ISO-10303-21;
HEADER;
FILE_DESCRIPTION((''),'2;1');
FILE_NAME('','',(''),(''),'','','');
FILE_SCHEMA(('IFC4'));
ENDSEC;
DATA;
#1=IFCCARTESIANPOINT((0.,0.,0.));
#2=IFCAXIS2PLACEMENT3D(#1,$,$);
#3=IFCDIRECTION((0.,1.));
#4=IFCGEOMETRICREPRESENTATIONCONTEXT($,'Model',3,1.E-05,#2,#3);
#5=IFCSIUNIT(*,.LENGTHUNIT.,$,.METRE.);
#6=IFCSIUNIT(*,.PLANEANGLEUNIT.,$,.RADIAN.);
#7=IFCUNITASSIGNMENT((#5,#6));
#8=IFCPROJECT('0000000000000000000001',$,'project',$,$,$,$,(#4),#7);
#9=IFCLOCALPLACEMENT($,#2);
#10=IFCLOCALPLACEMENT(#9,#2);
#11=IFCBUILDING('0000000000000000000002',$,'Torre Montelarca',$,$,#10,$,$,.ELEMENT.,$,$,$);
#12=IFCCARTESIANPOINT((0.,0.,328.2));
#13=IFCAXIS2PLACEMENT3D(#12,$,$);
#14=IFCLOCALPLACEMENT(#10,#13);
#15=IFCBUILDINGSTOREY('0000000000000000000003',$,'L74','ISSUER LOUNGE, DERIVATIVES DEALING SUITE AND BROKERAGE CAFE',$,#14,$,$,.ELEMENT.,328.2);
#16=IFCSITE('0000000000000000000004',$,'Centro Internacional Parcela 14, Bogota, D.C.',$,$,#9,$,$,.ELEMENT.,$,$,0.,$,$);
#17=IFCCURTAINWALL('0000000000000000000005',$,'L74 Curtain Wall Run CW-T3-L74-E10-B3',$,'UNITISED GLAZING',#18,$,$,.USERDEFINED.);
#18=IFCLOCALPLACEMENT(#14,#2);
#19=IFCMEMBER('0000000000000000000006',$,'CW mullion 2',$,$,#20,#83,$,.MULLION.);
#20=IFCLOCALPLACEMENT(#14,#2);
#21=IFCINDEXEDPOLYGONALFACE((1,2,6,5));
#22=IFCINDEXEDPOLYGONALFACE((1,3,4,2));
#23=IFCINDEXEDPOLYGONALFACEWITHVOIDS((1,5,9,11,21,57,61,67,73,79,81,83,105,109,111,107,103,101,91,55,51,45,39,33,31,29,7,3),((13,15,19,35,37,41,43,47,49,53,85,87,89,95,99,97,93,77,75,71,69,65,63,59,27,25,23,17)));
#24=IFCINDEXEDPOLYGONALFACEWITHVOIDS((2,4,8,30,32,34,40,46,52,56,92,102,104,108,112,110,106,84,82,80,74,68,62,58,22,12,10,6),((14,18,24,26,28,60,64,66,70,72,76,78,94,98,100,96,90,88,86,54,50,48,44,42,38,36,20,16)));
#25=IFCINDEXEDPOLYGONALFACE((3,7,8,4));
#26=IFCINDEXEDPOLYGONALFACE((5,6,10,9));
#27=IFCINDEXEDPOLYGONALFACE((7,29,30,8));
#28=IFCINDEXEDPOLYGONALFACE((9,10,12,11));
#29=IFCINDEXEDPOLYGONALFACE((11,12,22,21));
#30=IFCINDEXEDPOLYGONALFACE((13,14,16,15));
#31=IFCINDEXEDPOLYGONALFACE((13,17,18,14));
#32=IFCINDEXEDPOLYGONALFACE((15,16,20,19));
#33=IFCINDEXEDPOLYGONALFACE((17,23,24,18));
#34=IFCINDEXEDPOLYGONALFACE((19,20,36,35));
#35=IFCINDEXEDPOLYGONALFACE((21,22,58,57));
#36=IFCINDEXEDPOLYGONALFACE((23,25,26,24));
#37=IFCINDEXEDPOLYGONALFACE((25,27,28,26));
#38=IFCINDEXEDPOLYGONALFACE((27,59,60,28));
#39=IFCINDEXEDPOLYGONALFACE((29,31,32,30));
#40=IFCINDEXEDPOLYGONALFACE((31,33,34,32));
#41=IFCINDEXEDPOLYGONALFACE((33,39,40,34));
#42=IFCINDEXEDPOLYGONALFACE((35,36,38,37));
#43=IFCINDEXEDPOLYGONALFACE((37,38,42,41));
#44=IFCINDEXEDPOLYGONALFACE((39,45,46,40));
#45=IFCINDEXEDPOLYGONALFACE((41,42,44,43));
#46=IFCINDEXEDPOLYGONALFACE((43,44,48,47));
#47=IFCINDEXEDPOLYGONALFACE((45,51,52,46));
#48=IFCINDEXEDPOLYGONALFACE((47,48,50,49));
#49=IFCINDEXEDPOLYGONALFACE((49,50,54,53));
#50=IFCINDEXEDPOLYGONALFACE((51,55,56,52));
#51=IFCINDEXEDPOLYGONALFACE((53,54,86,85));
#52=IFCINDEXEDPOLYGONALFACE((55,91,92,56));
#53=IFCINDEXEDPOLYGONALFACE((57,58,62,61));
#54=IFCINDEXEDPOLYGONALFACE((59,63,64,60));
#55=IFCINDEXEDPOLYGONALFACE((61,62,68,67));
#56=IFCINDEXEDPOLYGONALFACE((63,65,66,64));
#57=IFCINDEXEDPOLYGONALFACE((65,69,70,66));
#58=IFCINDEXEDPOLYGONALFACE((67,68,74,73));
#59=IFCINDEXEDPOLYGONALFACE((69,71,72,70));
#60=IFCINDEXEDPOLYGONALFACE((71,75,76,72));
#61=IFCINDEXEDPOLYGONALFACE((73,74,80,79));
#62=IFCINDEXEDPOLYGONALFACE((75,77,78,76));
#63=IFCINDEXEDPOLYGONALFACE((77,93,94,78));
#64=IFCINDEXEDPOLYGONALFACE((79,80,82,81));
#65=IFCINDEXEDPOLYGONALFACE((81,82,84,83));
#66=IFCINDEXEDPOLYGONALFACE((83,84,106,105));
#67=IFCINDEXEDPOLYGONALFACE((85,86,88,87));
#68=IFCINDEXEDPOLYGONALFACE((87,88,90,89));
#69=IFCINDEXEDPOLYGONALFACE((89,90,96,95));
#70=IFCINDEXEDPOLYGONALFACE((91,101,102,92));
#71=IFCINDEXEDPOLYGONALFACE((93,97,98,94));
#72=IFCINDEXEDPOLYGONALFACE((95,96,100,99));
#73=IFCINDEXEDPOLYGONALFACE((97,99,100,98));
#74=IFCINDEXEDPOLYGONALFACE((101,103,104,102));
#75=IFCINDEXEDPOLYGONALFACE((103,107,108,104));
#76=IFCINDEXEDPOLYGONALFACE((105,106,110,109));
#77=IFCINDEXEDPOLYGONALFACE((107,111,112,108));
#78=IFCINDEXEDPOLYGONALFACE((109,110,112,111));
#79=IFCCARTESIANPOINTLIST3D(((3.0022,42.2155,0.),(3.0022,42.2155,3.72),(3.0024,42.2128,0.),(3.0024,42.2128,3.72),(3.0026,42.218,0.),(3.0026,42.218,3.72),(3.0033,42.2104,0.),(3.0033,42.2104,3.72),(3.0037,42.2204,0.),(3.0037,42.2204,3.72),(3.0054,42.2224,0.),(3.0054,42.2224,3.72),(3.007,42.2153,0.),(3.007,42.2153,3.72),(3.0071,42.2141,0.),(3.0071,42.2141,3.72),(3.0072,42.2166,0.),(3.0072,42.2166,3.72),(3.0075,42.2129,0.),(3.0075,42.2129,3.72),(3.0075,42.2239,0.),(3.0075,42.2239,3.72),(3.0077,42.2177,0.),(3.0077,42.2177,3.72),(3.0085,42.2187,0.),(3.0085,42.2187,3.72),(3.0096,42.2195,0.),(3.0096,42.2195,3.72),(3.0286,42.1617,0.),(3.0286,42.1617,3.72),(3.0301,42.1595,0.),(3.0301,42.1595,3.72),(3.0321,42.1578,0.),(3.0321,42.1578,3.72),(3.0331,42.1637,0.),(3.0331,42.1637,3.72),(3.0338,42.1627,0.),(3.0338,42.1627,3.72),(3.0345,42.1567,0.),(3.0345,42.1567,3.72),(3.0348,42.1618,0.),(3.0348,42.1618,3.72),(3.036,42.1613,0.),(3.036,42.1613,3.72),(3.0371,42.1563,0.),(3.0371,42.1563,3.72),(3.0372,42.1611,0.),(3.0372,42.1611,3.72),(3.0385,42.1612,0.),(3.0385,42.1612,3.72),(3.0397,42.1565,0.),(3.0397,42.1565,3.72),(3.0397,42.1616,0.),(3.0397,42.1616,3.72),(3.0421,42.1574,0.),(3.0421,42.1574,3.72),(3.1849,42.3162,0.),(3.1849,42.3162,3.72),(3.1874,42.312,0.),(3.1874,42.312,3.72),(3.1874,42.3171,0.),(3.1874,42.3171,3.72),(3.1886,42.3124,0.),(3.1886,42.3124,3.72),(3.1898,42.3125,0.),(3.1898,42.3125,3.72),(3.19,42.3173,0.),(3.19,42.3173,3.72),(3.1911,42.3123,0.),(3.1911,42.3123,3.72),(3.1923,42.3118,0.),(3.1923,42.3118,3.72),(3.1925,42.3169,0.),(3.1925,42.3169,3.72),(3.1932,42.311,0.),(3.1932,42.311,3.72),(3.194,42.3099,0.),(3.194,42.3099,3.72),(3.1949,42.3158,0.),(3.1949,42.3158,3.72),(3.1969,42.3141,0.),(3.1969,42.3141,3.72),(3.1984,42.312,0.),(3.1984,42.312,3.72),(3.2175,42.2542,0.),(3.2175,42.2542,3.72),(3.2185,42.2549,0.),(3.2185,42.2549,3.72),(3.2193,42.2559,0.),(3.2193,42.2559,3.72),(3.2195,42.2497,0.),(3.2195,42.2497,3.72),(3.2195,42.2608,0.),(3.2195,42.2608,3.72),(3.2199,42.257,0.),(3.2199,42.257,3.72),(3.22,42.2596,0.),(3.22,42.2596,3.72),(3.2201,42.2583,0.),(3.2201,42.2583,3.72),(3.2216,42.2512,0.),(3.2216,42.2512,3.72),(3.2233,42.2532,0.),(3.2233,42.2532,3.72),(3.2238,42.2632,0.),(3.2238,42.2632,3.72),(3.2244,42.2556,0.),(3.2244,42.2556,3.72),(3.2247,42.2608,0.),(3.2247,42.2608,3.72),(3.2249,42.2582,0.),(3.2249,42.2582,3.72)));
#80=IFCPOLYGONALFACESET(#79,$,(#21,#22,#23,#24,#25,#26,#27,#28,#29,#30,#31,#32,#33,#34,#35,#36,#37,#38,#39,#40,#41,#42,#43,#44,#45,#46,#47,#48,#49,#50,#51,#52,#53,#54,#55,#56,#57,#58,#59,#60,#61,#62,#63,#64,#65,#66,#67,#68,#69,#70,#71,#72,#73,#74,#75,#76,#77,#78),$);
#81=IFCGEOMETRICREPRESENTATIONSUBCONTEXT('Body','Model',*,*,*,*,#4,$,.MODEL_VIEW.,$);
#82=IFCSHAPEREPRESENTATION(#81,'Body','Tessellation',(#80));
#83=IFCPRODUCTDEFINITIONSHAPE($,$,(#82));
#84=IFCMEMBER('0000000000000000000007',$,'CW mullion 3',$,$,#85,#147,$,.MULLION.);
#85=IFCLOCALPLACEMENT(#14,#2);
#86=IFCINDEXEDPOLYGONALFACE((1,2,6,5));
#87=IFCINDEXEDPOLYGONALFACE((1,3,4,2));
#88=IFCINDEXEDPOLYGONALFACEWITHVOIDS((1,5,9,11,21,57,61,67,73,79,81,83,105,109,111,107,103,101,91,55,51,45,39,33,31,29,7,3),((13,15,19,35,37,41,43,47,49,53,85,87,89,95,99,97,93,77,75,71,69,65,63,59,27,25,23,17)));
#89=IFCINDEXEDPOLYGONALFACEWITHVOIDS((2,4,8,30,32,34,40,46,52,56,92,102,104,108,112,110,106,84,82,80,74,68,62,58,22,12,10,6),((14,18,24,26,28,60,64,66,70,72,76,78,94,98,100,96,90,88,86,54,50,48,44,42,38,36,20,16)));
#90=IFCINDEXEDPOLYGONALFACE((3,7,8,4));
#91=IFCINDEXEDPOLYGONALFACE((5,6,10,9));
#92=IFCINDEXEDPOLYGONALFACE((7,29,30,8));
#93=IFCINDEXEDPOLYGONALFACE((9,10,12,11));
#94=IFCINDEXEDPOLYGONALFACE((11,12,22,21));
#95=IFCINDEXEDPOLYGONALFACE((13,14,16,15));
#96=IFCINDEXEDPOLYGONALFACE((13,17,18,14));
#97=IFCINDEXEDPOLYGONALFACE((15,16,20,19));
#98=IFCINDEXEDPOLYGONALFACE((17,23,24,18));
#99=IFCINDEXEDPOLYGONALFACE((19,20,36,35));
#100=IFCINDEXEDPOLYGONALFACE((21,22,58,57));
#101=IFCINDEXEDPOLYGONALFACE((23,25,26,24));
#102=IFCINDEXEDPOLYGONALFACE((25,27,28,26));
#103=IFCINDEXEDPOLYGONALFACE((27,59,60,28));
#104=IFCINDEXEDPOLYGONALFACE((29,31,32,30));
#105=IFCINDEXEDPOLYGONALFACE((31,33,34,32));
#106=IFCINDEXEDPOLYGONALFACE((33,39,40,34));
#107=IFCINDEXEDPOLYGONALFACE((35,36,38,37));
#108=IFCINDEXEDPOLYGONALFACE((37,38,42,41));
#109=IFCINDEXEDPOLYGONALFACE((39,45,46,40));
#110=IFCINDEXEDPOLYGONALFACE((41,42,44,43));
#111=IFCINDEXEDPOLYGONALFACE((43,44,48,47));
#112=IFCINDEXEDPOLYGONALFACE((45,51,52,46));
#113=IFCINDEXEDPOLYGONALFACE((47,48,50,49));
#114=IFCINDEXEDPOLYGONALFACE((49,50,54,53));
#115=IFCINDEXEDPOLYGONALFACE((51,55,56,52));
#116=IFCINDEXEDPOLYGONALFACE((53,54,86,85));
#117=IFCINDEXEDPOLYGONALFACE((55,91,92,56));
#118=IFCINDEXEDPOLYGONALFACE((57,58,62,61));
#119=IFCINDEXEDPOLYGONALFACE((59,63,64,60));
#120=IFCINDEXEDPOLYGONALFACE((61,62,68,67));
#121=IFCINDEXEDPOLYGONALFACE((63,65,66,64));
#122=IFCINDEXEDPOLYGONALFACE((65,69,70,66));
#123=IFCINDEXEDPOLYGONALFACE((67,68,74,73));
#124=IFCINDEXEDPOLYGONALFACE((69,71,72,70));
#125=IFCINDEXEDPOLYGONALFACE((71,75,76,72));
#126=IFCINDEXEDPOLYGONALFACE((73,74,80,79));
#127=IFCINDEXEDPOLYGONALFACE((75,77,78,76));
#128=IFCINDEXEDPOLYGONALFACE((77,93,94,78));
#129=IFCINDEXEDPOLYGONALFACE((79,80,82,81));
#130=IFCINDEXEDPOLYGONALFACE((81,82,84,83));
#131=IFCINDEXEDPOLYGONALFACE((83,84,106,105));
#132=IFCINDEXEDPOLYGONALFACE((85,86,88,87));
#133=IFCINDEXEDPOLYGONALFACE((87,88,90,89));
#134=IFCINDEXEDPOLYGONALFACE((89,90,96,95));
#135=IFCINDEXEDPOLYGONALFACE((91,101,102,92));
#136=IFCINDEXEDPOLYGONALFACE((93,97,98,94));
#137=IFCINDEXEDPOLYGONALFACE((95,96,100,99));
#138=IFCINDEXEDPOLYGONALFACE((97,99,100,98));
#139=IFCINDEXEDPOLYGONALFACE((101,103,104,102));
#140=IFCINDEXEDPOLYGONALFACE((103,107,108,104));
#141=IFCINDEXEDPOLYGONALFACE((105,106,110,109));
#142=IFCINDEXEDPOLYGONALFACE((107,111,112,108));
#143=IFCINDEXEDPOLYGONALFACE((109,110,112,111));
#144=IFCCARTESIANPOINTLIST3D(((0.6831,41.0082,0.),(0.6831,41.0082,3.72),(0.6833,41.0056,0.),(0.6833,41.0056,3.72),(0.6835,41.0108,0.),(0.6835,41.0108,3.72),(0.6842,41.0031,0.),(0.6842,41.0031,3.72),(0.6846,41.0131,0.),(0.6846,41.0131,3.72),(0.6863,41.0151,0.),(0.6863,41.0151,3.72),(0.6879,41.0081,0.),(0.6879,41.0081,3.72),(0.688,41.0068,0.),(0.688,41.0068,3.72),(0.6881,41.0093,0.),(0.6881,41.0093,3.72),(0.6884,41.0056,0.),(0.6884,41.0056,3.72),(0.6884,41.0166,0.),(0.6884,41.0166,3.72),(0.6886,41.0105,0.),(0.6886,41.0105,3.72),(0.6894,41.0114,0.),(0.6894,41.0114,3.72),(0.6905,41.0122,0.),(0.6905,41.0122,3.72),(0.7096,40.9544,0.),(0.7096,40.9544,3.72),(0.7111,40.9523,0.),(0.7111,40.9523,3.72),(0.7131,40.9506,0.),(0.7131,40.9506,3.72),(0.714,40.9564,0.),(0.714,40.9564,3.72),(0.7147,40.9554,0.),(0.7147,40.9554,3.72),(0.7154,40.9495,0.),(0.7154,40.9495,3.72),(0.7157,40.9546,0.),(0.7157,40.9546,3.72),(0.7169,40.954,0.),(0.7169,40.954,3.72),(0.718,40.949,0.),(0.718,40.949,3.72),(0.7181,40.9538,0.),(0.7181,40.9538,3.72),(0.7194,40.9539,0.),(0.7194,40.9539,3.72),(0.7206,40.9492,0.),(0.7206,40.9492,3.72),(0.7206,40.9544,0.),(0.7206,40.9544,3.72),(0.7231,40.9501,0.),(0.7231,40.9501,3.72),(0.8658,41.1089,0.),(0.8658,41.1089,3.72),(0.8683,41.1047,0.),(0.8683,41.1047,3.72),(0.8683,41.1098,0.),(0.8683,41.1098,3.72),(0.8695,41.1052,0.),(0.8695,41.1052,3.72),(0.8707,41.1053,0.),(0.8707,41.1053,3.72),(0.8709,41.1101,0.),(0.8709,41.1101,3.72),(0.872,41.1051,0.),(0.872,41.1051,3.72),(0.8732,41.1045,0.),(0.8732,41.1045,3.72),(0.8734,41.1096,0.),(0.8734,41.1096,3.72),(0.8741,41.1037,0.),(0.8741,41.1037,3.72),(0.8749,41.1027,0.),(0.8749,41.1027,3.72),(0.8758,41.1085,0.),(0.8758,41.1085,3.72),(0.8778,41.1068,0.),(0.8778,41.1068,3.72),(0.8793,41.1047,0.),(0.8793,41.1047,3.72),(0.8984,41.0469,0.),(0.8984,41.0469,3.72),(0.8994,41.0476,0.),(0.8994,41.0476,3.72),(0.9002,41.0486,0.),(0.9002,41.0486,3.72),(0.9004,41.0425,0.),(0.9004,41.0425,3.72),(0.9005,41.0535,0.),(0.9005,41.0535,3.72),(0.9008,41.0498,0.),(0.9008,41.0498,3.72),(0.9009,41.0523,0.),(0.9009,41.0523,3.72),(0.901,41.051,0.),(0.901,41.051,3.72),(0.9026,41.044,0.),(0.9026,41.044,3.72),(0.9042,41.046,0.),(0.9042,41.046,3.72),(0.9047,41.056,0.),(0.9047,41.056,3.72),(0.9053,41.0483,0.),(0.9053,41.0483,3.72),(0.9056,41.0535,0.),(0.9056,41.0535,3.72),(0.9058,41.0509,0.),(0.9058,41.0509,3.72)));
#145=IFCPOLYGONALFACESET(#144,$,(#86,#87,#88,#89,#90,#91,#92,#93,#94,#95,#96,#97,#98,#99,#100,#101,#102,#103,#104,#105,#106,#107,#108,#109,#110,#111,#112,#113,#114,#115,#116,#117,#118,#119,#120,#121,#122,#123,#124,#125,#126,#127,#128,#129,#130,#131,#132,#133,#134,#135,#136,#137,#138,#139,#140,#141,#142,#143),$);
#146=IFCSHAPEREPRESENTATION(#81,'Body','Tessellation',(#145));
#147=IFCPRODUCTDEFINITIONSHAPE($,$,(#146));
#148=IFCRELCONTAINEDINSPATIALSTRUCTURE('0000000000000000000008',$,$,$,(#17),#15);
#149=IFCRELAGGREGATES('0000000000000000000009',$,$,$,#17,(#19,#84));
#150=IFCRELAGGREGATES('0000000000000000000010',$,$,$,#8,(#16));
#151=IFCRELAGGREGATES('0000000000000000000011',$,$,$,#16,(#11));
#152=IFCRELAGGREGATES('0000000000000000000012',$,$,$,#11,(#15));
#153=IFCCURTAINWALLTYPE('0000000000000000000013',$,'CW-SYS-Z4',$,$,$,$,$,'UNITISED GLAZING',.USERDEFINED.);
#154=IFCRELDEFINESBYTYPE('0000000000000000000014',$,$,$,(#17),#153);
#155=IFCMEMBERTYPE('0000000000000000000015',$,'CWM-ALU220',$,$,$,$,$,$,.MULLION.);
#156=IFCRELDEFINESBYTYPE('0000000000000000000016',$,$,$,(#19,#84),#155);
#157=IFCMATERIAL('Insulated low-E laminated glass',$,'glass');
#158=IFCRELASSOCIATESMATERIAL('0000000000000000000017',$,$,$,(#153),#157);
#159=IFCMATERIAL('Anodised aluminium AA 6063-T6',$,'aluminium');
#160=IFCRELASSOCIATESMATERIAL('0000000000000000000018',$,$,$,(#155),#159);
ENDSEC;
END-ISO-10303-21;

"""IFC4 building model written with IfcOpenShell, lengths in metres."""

from ifc_helpers import new_model, si_unit, direction, frame, origin, origin_2d, place, context, subcontext, project, spatial, hollow_rectangle, extrude, source, transform, mapped, material, material_profile, profile_set, type_object, element, aggregate, save


model = new_model("IFC4")

# Units and contexts
model_context = context("Model", 3, precision=1e-05, world=origin(), true_north=direction((0.0, 1.0)))
body_context = subcontext(model_context, "Body", "Model", "MODEL_VIEW")
ifc_project = project(units=[si_unit("LENGTHUNIT", "METRE"), si_unit("PLANEANGLEUNIT", "RADIAN")], contexts=[model_context])

# Site, building, storey
site_placement = place(None, origin())
site = spatial("IfcSite", under=ifc_project, at=site_placement, Name="Centro Internacional Parcela 14, Bogota, D.C.", CompositionType="ELEMENT", RefElevation=0.0)
building_placement = place(site_placement, origin())
building = spatial("IfcBuilding", under=site, at=building_placement, Name="Torre Montelarca", CompositionType="ELEMENT")
storey_placement = place(building_placement, frame((0.0, 0.0, 328.2)))
storey = spatial("IfcBuildingStorey", under=building, at=storey_placement, Name="L74", Description="ISSUER LOUNGE, DERIVATIVES DEALING SUITE AND BROKERAGE CAFE", CompositionType="ELEMENT", Elevation=328.2)

# Curtain wall, members
ifc_material_1 = material(Name="Insulated low-E laminated glass", Category="glass")
curtain_wall_type = type_object("IfcCurtainWallType", Name="CW-SYS-Z4", ElementType="UNITISED GLAZING", PredefinedType="USERDEFINED", material=ifc_material_1)
ifc_material_2 = material(Name="Anodised aluminium AA 6063-T6", Category="aluminium")
ifc_material_profile_1 = material_profile(ifc_material_2, hollow_rectangle(XDim=0.075, YDim=0.22, WallThickness=0.0049, InnerFilletRadius=0.0049, OuterFilletRadius=0.01, at=origin_2d()), Name="ALU75X220X5", Category="aluminium")
ifc_profile_set_1 = profile_set([ifc_material_profile_1], Name="Anodised aluminium AA 6063-T6")
member_type_1 = type_object("IfcMemberType", Name="CWM-ALU220", PredefinedType="MULLION", material=ifc_profile_set_1)
shared_shape_1 = source(origin(), body_context, "Body", "SweptSolid", [
    extrude(hollow_rectangle(XDim=0.075, YDim=0.22, WallThickness=0.0049, InnerFilletRadius=0.0049, OuterFilletRadius=0.01, at=origin_2d()), origin(), (0.0, 0.0, 1.0), 3.72),
])
curtain_wall_1_placement = place(storey_placement, origin())
curtain_wall_1 = element("IfcCurtainWall", 1, at=curtain_wall_1_placement, inside=storey, type_object=curtain_wall_type, Name="L74 Curtain Wall Run CW-T3-L74-E10-B3", ObjectType="UNITISED GLAZING", PredefinedType="USERDEFINED")
member_1_placement = place(storey_placement, frame((3.1135, 42.2368, 0.0), z_axis=(0.0, 0.0, 1.0), x_axis=(0.461739, -0.887016, 0.0)))
member_1 = element("IfcMember", 2, at=member_1_placement, type_object=member_type_1, Name="CW mullion 2", PredefinedType="MULLION", context=body_context, shape_type="MappedRepresentation", body=[
    mapped(shared_shape_1, transform((0.0, 0.0, 0.0), scale=1.0)),
])
member_2_placement = place(storey_placement, frame((0.7944, 41.0295, 0.0), z_axis=(0.0, 0.0, 1.0), x_axis=(0.461739, -0.887016, 0.0)))
member_2 = element("IfcMember", 3, at=member_2_placement, type_object=member_type_1, Name="CW mullion 3", PredefinedType="MULLION", context=body_context, shape_type="MappedRepresentation", body=[
    mapped(shared_shape_1, transform((0.0, 0.0, 0.0), scale=1.0)),
])

aggregate(curtain_wall_1, [member_1, member_2])

save(model, "model.ifc")
